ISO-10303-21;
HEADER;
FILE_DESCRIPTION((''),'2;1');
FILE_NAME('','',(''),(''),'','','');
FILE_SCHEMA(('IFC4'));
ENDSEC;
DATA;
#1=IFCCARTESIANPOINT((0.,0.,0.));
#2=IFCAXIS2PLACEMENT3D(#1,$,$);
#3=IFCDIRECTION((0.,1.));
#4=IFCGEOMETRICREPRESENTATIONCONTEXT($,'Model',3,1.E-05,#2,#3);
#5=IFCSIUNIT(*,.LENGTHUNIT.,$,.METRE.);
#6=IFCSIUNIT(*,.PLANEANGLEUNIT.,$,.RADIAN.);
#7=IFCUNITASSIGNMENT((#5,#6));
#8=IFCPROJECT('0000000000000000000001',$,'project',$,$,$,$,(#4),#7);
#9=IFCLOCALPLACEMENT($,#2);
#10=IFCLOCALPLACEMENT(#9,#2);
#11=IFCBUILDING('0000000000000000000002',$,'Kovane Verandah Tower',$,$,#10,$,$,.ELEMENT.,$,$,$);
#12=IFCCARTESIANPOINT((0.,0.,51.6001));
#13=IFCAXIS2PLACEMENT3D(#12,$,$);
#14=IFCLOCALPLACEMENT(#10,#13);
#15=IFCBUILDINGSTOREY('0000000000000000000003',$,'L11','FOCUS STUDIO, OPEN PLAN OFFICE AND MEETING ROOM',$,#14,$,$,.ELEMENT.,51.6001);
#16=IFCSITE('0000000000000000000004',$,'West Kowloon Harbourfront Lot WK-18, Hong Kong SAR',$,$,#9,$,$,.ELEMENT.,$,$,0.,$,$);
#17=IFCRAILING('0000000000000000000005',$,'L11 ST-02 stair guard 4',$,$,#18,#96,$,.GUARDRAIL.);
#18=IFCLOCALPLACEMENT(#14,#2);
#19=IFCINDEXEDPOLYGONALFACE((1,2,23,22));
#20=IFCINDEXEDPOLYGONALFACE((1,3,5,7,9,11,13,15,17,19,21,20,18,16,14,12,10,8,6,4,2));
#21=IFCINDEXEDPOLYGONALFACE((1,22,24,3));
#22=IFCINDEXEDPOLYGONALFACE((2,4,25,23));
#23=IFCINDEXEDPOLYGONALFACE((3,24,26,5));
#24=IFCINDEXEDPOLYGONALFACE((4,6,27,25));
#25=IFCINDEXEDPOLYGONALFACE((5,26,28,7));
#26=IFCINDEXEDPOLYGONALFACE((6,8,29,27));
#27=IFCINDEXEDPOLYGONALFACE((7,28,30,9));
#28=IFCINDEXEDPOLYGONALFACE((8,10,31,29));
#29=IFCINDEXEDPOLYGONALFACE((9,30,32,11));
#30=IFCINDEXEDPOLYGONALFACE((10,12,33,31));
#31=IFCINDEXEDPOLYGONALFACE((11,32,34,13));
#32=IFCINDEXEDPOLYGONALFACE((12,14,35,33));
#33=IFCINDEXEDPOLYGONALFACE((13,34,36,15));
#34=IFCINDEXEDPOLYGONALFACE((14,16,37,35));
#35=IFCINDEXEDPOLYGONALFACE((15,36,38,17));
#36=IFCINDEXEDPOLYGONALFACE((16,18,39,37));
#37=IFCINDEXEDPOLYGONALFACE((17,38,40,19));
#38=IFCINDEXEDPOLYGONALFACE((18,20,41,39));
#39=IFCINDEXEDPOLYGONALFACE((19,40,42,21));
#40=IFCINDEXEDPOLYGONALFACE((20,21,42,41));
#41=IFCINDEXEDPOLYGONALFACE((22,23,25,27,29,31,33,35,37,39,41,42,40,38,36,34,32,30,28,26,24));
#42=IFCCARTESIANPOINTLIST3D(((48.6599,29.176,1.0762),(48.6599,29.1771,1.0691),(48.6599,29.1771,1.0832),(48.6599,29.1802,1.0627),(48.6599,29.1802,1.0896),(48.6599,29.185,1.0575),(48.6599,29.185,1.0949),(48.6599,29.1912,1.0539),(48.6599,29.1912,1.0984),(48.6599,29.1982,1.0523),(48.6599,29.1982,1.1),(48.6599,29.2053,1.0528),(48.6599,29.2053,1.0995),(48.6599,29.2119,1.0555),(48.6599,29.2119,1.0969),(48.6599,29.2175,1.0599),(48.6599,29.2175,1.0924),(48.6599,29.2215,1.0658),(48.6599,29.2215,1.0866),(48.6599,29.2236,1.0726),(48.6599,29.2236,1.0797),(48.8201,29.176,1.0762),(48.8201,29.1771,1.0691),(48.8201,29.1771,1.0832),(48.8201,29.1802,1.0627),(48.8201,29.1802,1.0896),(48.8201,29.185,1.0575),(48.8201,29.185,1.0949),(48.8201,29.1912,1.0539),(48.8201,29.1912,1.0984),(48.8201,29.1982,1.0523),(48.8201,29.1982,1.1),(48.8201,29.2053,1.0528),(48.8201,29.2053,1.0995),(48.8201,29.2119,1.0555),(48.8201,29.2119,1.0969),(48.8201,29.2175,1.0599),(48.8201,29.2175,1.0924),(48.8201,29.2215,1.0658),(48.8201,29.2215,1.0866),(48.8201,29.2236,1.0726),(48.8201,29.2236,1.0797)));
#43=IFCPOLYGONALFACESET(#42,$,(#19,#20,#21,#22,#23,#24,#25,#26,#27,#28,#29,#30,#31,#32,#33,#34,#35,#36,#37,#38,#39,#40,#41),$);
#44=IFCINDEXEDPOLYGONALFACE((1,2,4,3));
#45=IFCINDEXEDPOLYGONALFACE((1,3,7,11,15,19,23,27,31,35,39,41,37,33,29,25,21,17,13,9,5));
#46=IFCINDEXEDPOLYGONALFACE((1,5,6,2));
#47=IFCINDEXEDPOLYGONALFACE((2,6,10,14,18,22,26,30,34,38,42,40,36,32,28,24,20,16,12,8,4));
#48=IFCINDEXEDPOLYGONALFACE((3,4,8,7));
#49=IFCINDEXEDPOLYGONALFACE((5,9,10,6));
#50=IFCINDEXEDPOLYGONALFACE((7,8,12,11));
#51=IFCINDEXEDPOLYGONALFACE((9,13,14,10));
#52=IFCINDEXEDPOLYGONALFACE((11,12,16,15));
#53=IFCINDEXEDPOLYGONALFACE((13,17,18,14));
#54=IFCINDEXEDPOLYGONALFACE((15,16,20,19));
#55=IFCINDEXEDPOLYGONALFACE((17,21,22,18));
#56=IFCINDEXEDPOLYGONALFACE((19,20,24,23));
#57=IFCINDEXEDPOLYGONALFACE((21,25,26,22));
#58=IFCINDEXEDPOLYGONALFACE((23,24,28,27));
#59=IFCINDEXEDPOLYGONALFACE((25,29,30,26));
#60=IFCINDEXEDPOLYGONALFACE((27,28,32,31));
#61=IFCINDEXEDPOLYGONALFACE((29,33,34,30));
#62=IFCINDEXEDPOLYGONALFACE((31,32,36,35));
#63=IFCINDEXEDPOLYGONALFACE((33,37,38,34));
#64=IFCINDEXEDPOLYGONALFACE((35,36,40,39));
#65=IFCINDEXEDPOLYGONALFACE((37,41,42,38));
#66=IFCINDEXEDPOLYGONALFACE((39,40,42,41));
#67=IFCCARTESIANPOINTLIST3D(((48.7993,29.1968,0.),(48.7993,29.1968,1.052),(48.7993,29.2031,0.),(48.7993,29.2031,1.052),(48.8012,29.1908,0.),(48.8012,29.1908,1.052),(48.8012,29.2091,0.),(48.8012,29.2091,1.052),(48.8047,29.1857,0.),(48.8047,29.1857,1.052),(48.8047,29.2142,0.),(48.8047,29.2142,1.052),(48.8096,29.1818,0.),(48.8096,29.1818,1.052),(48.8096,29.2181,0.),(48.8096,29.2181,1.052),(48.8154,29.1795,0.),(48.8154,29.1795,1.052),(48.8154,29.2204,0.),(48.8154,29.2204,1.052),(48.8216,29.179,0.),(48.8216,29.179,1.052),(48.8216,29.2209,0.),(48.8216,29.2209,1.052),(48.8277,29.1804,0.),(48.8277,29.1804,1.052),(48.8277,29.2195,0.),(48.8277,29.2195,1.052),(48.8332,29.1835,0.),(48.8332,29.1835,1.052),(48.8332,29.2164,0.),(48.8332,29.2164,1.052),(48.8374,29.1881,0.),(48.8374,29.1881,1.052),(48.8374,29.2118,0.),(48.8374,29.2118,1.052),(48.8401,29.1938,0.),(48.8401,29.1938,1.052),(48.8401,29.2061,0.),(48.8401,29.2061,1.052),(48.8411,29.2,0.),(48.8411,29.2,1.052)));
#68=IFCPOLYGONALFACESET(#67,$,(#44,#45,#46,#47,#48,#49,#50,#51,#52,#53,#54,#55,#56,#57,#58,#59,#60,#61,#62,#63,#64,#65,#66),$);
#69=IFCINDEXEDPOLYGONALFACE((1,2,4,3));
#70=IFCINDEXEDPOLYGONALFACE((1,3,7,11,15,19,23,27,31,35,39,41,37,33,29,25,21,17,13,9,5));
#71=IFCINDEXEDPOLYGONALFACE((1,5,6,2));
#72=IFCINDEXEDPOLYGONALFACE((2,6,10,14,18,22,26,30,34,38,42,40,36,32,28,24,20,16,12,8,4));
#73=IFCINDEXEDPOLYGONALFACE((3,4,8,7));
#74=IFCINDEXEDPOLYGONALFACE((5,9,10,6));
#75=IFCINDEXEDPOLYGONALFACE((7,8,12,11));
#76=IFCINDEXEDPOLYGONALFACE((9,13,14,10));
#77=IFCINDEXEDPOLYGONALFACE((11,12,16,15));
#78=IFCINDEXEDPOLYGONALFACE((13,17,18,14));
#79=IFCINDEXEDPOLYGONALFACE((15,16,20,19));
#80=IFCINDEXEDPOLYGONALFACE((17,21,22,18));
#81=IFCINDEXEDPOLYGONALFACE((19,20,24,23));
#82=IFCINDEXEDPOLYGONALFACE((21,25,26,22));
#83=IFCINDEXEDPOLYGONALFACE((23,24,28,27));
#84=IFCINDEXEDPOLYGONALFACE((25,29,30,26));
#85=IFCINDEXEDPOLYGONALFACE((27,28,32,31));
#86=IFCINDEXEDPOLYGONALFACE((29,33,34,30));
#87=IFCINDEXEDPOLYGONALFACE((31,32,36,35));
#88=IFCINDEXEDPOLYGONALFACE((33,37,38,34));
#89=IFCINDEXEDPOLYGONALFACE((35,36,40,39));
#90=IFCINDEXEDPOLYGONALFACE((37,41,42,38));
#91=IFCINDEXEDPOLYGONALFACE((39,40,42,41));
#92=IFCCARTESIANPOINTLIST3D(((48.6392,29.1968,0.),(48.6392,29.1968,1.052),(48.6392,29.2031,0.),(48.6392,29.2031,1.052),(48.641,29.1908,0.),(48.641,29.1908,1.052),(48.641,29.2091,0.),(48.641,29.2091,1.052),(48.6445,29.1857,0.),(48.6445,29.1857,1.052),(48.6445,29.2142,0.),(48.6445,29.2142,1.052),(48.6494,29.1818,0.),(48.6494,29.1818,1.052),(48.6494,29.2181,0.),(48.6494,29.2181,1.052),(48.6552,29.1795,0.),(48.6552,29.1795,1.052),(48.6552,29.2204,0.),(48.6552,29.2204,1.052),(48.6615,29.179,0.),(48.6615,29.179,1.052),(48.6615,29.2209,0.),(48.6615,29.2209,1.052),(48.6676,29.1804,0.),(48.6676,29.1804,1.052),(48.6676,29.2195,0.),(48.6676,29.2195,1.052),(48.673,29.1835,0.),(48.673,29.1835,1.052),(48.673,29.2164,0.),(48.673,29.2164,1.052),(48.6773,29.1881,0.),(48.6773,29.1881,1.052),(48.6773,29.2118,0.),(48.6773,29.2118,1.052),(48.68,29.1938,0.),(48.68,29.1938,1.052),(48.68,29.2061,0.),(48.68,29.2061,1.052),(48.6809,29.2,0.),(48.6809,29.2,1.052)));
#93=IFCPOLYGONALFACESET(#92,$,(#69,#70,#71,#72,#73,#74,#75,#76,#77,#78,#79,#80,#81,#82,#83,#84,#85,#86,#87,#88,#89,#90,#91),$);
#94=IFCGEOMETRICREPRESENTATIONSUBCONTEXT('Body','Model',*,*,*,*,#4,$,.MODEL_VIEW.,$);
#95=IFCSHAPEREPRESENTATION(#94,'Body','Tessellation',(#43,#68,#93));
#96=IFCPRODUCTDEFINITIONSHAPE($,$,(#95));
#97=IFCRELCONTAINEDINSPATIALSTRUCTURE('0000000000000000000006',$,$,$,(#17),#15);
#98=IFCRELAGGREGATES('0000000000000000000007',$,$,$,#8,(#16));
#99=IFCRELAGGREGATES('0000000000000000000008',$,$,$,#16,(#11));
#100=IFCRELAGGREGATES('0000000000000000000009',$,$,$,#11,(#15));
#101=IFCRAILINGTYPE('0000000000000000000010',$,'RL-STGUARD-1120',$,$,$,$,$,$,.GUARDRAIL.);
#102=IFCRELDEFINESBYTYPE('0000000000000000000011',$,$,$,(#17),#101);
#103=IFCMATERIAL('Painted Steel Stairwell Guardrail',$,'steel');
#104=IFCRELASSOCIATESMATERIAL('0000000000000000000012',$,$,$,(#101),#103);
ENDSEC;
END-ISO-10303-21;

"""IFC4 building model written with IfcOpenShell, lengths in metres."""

from ifc_helpers import new_model, si_unit, direction, frame, origin, origin_2d, place, context, subcontext, project, spatial, circle, extrude, material, type_object, element, save


model = new_model("IFC4")

# Units and contexts
model_context = context("Model", 3, precision=1e-05, world=origin(), true_north=direction((0.0, 1.0)))
body_context = subcontext(model_context, "Body", "Model", "MODEL_VIEW")
ifc_project = project(units=[si_unit("LENGTHUNIT", "METRE"), si_unit("PLANEANGLEUNIT", "RADIAN")], contexts=[model_context])

# Site, building, storey
site_placement = place(None, origin())
site = spatial("IfcSite", under=ifc_project, at=site_placement, Name="West Kowloon Harbourfront Lot WK-18, Hong Kong SAR", CompositionType="ELEMENT", RefElevation=0.0)
building_placement = place(site_placement, origin())
building = spatial("IfcBuilding", under=site, at=building_placement, Name="Kovane Verandah Tower", CompositionType="ELEMENT")
storey_placement = place(building_placement, frame((0.0, 0.0, 51.6001)))
storey = spatial("IfcBuildingStorey", under=building, at=storey_placement, Name="L11", Description="FOCUS STUDIO, OPEN PLAN OFFICE AND MEETING ROOM", CompositionType="ELEMENT", Elevation=51.6001)

# Railing
ifc_material_1 = material(Name="Painted Steel Stairwell Guardrail", Category="steel")
railing_type_1 = type_object("IfcRailingType", Name="RL-STGUARD-1120", PredefinedType="GUARDRAIL", material=ifc_material_1)
railing_1_placement = place(storey_placement, frame((48.8201, 29.2, 0.0)))
element("IfcRailing", 1, at=railing_1_placement, inside=storey, type_object=railing_type_1, Name="L11 ST-02 stair guard 4", PredefinedType="GUARDRAIL", context=body_context, shape_type="SweptSolid", body=[
    extrude(circle(Radius=0.0239, at=origin_2d()), frame((0.0, 0.0, 1.0762), z_axis=(-1.0, 0.0, 0.0), x_axis=(0.0, -1.0, 0.0)), (0.0, 0.0, 1.0), 0.1602),
    extrude(circle(Radius=0.021, at=origin_2d()), origin(), (0.0, 0.0, 1.0), 1.052),
    extrude(circle(Radius=0.021, at=origin_2d()), frame((-0.1602, 0.0, 0.0)), (0.0, 0.0, 1.0), 1.052),
])

save(model, "model.ifc")
